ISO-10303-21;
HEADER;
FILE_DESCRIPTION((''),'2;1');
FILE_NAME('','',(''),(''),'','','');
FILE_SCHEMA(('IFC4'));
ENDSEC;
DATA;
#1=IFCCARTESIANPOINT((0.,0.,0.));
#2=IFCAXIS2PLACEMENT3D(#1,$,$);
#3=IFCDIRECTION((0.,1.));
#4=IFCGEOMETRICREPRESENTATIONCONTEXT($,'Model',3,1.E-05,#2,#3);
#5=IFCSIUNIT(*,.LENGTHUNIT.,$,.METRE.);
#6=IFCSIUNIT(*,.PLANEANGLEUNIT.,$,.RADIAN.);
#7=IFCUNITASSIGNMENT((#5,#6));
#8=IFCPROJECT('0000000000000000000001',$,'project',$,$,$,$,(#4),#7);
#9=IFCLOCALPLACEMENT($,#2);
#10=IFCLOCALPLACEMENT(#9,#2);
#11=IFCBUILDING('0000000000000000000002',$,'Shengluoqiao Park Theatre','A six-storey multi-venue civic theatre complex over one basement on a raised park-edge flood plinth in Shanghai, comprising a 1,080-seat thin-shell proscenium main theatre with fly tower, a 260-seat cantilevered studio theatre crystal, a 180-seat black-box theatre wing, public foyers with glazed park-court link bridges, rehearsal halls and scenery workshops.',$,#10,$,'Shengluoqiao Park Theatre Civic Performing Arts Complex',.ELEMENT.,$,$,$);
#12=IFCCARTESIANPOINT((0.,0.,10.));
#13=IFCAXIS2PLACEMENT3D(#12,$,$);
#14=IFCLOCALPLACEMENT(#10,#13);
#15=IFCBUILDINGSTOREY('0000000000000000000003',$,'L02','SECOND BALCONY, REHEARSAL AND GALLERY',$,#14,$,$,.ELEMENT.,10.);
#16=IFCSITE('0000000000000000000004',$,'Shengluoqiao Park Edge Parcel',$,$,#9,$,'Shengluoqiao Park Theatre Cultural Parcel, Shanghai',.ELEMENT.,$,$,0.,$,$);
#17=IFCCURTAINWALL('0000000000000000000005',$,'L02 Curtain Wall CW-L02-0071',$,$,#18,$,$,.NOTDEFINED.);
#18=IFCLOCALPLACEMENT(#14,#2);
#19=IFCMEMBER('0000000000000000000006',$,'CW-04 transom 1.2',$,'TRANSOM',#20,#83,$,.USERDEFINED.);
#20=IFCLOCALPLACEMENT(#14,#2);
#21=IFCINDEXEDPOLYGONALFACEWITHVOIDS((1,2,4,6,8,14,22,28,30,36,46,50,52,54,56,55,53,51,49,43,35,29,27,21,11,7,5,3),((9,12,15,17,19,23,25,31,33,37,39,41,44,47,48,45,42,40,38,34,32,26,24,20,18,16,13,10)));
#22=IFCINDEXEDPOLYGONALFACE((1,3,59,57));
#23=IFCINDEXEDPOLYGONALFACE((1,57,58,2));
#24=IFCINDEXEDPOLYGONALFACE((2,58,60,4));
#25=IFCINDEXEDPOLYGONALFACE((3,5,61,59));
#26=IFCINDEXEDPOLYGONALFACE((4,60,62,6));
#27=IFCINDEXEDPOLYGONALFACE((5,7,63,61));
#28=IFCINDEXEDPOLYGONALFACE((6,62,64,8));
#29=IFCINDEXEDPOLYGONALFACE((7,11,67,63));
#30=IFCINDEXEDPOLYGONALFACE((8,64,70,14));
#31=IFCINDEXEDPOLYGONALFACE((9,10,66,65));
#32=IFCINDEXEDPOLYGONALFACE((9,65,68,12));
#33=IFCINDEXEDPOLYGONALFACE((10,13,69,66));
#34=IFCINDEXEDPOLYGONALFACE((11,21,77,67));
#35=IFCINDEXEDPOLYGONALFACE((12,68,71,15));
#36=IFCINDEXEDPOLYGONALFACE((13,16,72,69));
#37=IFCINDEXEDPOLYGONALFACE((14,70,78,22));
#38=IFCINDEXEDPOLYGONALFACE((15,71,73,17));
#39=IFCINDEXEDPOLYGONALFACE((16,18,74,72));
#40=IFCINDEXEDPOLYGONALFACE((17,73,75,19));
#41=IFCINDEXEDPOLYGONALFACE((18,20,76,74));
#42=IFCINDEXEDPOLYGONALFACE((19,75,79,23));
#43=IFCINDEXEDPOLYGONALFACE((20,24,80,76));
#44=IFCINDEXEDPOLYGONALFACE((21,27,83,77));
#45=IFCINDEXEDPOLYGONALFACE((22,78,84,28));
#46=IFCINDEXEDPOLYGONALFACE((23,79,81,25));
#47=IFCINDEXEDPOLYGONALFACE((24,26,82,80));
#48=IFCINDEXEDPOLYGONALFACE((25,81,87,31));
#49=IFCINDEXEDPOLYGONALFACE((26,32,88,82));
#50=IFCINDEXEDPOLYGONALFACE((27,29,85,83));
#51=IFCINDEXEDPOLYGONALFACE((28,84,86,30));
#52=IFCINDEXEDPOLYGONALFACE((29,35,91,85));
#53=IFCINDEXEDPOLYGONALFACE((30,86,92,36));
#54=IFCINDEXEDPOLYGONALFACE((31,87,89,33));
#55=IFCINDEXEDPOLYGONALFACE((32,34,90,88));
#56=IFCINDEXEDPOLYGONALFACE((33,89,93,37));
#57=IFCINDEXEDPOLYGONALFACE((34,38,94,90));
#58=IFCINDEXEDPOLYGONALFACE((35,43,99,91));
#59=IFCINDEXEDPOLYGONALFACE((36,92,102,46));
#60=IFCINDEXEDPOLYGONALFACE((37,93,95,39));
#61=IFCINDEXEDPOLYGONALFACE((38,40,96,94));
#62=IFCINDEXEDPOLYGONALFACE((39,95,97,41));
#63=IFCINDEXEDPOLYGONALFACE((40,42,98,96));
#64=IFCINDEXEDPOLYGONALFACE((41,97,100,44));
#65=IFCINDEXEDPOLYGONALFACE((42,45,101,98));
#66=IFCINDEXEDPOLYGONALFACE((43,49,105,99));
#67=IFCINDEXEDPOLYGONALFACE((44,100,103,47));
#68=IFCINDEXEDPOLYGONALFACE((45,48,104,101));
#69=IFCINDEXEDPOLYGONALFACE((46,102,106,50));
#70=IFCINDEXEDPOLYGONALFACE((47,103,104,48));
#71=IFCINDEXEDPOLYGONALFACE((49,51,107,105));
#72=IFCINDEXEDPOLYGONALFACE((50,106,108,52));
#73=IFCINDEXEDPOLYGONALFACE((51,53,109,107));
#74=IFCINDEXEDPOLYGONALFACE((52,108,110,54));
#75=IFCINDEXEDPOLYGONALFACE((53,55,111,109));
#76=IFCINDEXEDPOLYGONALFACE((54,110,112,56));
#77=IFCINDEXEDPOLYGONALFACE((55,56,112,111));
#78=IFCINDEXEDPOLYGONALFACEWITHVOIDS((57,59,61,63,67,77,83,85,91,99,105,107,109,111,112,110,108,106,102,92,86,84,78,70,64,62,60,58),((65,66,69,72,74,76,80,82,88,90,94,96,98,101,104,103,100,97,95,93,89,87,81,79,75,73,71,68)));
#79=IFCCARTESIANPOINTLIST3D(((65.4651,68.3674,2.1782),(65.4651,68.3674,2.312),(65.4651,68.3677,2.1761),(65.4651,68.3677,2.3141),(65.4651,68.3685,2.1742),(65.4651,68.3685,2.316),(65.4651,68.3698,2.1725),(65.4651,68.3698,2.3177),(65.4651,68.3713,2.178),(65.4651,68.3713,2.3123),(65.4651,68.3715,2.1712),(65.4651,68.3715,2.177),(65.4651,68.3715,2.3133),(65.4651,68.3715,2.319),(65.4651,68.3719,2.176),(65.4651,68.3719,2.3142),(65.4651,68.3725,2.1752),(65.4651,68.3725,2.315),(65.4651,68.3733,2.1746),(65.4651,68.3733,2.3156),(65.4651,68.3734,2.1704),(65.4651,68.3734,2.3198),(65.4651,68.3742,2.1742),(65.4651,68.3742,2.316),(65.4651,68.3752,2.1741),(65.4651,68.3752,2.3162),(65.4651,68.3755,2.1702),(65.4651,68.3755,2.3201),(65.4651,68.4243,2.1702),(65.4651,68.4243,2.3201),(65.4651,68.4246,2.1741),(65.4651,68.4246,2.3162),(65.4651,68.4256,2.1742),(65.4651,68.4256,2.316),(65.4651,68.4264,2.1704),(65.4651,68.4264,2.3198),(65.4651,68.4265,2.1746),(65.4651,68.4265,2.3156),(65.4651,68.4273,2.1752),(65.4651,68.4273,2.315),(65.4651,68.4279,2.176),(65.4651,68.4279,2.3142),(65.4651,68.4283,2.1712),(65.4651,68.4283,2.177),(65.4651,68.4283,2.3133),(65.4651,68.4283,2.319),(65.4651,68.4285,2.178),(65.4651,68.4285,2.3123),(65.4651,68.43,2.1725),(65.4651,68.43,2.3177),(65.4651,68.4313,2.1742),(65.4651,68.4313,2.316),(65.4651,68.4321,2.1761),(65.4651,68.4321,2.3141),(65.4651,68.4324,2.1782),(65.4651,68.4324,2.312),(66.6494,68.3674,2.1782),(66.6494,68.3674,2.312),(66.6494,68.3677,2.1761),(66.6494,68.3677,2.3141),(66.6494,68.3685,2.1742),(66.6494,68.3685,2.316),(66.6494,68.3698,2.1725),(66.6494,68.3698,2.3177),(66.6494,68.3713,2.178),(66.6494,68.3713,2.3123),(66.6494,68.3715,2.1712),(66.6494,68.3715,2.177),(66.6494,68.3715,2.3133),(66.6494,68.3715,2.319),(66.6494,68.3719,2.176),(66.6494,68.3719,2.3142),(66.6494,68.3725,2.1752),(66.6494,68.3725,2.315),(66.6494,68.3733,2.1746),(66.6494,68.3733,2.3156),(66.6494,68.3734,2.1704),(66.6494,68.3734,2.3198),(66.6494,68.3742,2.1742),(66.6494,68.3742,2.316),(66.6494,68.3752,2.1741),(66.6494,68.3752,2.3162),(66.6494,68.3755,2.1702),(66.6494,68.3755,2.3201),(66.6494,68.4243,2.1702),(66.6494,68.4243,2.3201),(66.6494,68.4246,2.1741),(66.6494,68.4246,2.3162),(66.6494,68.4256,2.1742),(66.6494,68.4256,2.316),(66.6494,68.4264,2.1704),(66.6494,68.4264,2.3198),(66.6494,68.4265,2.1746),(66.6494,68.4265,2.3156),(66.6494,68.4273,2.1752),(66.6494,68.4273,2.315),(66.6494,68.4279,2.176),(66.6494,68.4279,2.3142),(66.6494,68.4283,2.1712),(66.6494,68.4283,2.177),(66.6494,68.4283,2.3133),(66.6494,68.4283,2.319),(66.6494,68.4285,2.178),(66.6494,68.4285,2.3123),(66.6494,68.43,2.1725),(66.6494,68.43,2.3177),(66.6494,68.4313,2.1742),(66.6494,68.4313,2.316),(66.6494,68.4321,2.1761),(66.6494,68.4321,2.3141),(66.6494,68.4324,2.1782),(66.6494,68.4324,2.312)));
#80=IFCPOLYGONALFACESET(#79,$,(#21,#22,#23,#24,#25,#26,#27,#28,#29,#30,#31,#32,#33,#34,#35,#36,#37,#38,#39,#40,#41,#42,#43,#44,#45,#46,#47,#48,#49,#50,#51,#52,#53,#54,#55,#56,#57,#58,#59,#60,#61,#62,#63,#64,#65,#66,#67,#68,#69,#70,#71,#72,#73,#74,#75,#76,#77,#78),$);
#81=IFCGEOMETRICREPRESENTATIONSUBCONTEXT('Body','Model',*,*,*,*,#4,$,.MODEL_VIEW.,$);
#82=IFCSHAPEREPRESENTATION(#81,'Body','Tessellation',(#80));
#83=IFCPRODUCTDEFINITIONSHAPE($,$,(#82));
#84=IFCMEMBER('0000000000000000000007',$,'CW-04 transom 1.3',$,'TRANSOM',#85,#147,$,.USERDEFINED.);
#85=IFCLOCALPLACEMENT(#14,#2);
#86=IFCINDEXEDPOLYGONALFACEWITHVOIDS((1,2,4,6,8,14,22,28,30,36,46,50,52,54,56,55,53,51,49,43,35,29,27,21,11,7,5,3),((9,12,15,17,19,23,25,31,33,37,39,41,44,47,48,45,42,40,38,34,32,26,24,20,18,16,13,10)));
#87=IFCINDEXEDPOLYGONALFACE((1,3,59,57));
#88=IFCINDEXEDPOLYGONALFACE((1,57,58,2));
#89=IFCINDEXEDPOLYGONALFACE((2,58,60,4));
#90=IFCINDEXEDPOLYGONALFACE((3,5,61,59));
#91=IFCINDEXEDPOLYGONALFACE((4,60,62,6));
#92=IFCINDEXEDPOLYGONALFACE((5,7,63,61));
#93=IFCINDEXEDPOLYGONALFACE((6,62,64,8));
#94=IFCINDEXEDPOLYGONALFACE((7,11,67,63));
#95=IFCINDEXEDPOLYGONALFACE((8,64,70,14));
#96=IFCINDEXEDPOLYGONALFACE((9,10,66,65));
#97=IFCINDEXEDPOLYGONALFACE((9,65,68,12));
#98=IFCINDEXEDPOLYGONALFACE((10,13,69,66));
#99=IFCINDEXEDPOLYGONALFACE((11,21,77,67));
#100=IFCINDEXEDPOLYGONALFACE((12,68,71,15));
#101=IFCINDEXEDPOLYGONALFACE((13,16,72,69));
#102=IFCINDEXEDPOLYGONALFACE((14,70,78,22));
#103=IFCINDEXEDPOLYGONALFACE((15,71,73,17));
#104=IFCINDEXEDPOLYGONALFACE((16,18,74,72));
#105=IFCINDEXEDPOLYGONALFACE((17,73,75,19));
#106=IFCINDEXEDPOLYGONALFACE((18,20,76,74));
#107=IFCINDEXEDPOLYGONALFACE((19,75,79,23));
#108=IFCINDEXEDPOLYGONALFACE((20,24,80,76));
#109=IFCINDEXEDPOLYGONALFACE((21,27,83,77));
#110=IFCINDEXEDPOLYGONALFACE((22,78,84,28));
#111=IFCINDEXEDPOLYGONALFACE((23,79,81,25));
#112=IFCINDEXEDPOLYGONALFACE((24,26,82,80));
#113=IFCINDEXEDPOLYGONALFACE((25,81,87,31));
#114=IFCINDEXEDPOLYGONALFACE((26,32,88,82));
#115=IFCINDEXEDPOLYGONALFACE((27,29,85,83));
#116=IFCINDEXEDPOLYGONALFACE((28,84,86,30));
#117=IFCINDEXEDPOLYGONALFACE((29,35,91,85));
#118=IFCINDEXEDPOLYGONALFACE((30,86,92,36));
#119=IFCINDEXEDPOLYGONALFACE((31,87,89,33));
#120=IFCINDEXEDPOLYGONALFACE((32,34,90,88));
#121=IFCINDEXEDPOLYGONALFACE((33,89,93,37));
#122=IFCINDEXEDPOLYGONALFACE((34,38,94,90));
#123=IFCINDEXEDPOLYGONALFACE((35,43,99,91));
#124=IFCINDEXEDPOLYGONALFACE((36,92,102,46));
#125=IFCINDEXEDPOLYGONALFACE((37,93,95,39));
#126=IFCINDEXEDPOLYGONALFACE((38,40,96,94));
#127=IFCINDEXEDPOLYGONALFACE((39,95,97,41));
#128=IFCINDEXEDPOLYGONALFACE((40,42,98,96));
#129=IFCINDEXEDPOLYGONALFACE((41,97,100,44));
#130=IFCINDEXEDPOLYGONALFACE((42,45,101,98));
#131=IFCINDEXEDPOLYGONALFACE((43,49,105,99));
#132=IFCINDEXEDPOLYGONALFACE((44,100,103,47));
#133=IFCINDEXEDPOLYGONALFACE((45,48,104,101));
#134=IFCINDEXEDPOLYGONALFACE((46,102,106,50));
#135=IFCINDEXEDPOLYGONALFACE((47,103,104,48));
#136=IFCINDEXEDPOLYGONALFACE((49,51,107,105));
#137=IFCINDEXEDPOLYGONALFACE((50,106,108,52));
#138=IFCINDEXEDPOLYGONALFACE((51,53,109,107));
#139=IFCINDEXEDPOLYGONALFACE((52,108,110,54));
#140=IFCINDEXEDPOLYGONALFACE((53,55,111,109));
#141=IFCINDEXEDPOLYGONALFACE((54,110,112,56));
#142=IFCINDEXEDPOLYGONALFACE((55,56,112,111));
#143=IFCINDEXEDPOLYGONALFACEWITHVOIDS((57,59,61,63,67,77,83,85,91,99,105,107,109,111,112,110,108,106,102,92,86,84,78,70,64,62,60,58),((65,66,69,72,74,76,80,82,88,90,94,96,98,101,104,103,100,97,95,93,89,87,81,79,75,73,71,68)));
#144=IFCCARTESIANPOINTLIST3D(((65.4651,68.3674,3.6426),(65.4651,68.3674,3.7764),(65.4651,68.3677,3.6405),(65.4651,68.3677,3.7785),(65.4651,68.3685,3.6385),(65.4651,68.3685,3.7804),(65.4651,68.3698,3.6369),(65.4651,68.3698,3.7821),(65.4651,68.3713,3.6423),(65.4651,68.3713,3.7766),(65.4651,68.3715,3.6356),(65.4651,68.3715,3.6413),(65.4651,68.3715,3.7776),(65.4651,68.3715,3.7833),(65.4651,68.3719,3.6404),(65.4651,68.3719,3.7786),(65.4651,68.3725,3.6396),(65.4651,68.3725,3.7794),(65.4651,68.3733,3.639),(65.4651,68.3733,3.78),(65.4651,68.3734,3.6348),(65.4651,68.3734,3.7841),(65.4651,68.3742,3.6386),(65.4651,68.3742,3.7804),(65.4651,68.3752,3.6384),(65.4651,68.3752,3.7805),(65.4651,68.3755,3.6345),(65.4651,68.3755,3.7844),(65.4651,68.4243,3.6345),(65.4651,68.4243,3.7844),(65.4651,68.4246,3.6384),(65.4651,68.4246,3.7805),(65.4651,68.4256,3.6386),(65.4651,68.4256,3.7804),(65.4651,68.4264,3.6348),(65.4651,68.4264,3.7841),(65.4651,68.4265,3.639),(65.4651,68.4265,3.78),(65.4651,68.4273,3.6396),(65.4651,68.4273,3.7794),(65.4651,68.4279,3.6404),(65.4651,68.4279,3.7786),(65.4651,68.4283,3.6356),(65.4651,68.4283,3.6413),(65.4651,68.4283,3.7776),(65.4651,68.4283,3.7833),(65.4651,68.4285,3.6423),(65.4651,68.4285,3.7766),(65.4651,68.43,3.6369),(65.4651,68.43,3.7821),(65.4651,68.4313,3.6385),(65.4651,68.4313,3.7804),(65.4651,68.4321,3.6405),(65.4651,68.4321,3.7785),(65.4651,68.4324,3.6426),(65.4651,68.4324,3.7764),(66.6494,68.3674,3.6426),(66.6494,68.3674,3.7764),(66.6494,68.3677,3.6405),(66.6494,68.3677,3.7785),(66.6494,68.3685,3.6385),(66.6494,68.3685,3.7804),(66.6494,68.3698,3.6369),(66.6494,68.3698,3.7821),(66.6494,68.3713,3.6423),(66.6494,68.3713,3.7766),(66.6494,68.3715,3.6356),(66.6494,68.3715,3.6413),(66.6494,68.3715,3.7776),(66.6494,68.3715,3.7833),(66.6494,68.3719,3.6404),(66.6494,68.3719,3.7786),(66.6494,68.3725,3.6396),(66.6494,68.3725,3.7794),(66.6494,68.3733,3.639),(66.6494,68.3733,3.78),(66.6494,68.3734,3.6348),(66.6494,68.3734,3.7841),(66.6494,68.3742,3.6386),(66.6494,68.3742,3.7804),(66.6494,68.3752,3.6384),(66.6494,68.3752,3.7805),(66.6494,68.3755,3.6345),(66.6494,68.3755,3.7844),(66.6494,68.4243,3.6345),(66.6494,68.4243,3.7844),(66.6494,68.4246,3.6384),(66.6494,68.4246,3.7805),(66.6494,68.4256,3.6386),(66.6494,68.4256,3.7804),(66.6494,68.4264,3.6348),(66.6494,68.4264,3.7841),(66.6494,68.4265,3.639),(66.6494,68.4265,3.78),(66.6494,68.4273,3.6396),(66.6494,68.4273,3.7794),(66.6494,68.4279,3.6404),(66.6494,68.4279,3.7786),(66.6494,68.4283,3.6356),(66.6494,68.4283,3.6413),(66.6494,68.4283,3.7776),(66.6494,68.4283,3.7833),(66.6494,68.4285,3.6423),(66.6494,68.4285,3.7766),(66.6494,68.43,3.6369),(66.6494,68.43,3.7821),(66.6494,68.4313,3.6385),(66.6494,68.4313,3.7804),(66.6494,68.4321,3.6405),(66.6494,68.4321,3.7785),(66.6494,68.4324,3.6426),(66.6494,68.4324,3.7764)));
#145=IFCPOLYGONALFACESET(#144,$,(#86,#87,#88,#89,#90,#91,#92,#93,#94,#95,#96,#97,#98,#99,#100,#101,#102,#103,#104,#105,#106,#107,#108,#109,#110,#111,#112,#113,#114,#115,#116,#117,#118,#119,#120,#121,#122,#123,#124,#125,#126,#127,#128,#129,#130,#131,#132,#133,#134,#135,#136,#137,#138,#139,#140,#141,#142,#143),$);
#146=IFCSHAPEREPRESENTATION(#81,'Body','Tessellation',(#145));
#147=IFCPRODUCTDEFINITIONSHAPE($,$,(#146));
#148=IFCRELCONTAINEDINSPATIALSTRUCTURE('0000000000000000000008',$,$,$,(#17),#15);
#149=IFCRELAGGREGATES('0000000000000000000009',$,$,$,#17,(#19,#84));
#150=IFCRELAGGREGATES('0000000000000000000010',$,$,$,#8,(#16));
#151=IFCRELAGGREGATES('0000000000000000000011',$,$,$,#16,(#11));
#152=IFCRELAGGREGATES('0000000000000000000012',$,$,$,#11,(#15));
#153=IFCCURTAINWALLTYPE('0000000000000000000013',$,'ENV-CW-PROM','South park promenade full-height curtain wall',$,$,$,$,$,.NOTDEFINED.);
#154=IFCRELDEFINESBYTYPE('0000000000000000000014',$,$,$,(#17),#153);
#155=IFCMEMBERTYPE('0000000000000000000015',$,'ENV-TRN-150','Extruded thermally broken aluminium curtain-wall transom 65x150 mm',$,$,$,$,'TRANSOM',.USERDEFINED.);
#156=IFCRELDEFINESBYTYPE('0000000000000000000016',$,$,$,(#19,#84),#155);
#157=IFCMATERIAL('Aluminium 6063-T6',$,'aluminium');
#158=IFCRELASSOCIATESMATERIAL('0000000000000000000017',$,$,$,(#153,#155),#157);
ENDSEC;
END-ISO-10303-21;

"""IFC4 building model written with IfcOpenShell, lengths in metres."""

from ifc_helpers import new_model, si_unit, direction, frame, origin, origin_2d, place, context, subcontext, project, spatial, hollow_rectangle, extrude, material, material_profile, profile_set, type_object, element, aggregate, save


model = new_model("IFC4")

# Units and contexts
model_context = context("Model", 3, precision=1e-05, world=origin(), true_north=direction((0.0, 1.0)))
body_context = subcontext(model_context, "Body", "Model", "MODEL_VIEW")
ifc_project = project(units=[si_unit("LENGTHUNIT", "METRE"), si_unit("PLANEANGLEUNIT", "RADIAN")], contexts=[model_context])

# Site, building, storey
site_placement = place(None, origin())
site = spatial("IfcSite", under=ifc_project, at=site_placement, Name="Shengluoqiao Park Edge Parcel", LongName="Shengluoqiao Park Theatre Cultural Parcel, Shanghai", CompositionType="ELEMENT", RefElevation=0.0)
building_placement = place(site_placement, origin())
building = spatial("IfcBuilding", under=site, at=building_placement, Name="Shengluoqiao Park Theatre", Description="A six-storey multi-venue civic theatre complex over one basement on a raised park-edge flood plinth in Shanghai, comprising a 1,080-seat thin-shell proscenium main theatre with fly tower, a 260-seat cantilevered studio theatre crystal, a 180-seat black-box theatre wing, public foyers with glazed park-court link bridges, rehearsal halls and scenery workshops.", LongName="Shengluoqiao Park Theatre Civic Performing Arts Complex", CompositionType="ELEMENT")
storey_placement = place(building_placement, frame((0.0, 0.0, 10.0)))
storey = spatial("IfcBuildingStorey", under=building, at=storey_placement, Name="L02", Description="SECOND BALCONY, REHEARSAL AND GALLERY", CompositionType="ELEMENT", Elevation=10.0)

# Curtain wall
ifc_material_1 = material(Name="Aluminium 6063-T6", Category="aluminium")
curtain_wall_type = type_object("IfcCurtainWallType", Name="ENV-CW-PROM", Description="South park promenade full-height curtain wall", PredefinedType="NOTDEFINED", material=ifc_material_1)
curtain_wall_1_placement = place(storey_placement, origin())
curtain_wall_1 = element("IfcCurtainWall", 1, at=curtain_wall_1_placement, inside=storey, type_object=curtain_wall_type, Name="L02 Curtain Wall CW-L02-0071", PredefinedType="NOTDEFINED")

# Members
ifc_material_profile_1 = material_profile(ifc_material_1, hollow_rectangle(XDim=0.0649, YDim=0.1499, WallThickness=0.0039, InnerFilletRadius=0.0039, OuterFilletRadius=0.0081, at=origin_2d()), Name="ALU TRANSOM 150x65x4")
ifc_profile_set_1 = profile_set([ifc_material_profile_1], Name="Aluminium 6063-T6")
member_type_1 = type_object("IfcMemberType", Name="ENV-TRN-150", Description="Extruded thermally broken aluminium curtain-wall transom 65x150 mm", ElementType="TRANSOM", PredefinedType="USERDEFINED", material=ifc_profile_set_1)
member_1_placement = place(storey_placement, frame((65.4651, 68.3999, 2.2451), z_axis=(1.0, 0.0, 0.0), x_axis=(0.0, 1.0, 0.0)))
member_1 = element("IfcMember", 2, at=member_1_placement, type_object=member_type_1, Name="CW-04 transom 1.2", ObjectType="TRANSOM", PredefinedType="USERDEFINED", context=body_context, shape_type="SweptSolid", body=[
    extrude(hollow_rectangle(XDim=0.0649, YDim=0.1499, WallThickness=0.0039, InnerFilletRadius=0.0039, OuterFilletRadius=0.0081, at=origin_2d()), origin(), (0.0, 0.0, 1.0), 1.1843),
])
member_2_placement = place(storey_placement, frame((65.4651, 68.3999, 3.7095), z_axis=(1.0, 0.0, 0.0), x_axis=(0.0, 1.0, 0.0)))
member_2 = element("IfcMember", 3, at=member_2_placement, type_object=member_type_1, Name="CW-04 transom 1.3", ObjectType="TRANSOM", PredefinedType="USERDEFINED", context=body_context, shape_type="SweptSolid", body=[
    extrude(hollow_rectangle(XDim=0.0649, YDim=0.1499, WallThickness=0.0039, InnerFilletRadius=0.0039, OuterFilletRadius=0.0081, at=origin_2d()), origin(), (0.0, 0.0, 1.0), 1.1843),
])

aggregate(curtain_wall_1, [member_1, member_2])

save(model, "model.ifc")
